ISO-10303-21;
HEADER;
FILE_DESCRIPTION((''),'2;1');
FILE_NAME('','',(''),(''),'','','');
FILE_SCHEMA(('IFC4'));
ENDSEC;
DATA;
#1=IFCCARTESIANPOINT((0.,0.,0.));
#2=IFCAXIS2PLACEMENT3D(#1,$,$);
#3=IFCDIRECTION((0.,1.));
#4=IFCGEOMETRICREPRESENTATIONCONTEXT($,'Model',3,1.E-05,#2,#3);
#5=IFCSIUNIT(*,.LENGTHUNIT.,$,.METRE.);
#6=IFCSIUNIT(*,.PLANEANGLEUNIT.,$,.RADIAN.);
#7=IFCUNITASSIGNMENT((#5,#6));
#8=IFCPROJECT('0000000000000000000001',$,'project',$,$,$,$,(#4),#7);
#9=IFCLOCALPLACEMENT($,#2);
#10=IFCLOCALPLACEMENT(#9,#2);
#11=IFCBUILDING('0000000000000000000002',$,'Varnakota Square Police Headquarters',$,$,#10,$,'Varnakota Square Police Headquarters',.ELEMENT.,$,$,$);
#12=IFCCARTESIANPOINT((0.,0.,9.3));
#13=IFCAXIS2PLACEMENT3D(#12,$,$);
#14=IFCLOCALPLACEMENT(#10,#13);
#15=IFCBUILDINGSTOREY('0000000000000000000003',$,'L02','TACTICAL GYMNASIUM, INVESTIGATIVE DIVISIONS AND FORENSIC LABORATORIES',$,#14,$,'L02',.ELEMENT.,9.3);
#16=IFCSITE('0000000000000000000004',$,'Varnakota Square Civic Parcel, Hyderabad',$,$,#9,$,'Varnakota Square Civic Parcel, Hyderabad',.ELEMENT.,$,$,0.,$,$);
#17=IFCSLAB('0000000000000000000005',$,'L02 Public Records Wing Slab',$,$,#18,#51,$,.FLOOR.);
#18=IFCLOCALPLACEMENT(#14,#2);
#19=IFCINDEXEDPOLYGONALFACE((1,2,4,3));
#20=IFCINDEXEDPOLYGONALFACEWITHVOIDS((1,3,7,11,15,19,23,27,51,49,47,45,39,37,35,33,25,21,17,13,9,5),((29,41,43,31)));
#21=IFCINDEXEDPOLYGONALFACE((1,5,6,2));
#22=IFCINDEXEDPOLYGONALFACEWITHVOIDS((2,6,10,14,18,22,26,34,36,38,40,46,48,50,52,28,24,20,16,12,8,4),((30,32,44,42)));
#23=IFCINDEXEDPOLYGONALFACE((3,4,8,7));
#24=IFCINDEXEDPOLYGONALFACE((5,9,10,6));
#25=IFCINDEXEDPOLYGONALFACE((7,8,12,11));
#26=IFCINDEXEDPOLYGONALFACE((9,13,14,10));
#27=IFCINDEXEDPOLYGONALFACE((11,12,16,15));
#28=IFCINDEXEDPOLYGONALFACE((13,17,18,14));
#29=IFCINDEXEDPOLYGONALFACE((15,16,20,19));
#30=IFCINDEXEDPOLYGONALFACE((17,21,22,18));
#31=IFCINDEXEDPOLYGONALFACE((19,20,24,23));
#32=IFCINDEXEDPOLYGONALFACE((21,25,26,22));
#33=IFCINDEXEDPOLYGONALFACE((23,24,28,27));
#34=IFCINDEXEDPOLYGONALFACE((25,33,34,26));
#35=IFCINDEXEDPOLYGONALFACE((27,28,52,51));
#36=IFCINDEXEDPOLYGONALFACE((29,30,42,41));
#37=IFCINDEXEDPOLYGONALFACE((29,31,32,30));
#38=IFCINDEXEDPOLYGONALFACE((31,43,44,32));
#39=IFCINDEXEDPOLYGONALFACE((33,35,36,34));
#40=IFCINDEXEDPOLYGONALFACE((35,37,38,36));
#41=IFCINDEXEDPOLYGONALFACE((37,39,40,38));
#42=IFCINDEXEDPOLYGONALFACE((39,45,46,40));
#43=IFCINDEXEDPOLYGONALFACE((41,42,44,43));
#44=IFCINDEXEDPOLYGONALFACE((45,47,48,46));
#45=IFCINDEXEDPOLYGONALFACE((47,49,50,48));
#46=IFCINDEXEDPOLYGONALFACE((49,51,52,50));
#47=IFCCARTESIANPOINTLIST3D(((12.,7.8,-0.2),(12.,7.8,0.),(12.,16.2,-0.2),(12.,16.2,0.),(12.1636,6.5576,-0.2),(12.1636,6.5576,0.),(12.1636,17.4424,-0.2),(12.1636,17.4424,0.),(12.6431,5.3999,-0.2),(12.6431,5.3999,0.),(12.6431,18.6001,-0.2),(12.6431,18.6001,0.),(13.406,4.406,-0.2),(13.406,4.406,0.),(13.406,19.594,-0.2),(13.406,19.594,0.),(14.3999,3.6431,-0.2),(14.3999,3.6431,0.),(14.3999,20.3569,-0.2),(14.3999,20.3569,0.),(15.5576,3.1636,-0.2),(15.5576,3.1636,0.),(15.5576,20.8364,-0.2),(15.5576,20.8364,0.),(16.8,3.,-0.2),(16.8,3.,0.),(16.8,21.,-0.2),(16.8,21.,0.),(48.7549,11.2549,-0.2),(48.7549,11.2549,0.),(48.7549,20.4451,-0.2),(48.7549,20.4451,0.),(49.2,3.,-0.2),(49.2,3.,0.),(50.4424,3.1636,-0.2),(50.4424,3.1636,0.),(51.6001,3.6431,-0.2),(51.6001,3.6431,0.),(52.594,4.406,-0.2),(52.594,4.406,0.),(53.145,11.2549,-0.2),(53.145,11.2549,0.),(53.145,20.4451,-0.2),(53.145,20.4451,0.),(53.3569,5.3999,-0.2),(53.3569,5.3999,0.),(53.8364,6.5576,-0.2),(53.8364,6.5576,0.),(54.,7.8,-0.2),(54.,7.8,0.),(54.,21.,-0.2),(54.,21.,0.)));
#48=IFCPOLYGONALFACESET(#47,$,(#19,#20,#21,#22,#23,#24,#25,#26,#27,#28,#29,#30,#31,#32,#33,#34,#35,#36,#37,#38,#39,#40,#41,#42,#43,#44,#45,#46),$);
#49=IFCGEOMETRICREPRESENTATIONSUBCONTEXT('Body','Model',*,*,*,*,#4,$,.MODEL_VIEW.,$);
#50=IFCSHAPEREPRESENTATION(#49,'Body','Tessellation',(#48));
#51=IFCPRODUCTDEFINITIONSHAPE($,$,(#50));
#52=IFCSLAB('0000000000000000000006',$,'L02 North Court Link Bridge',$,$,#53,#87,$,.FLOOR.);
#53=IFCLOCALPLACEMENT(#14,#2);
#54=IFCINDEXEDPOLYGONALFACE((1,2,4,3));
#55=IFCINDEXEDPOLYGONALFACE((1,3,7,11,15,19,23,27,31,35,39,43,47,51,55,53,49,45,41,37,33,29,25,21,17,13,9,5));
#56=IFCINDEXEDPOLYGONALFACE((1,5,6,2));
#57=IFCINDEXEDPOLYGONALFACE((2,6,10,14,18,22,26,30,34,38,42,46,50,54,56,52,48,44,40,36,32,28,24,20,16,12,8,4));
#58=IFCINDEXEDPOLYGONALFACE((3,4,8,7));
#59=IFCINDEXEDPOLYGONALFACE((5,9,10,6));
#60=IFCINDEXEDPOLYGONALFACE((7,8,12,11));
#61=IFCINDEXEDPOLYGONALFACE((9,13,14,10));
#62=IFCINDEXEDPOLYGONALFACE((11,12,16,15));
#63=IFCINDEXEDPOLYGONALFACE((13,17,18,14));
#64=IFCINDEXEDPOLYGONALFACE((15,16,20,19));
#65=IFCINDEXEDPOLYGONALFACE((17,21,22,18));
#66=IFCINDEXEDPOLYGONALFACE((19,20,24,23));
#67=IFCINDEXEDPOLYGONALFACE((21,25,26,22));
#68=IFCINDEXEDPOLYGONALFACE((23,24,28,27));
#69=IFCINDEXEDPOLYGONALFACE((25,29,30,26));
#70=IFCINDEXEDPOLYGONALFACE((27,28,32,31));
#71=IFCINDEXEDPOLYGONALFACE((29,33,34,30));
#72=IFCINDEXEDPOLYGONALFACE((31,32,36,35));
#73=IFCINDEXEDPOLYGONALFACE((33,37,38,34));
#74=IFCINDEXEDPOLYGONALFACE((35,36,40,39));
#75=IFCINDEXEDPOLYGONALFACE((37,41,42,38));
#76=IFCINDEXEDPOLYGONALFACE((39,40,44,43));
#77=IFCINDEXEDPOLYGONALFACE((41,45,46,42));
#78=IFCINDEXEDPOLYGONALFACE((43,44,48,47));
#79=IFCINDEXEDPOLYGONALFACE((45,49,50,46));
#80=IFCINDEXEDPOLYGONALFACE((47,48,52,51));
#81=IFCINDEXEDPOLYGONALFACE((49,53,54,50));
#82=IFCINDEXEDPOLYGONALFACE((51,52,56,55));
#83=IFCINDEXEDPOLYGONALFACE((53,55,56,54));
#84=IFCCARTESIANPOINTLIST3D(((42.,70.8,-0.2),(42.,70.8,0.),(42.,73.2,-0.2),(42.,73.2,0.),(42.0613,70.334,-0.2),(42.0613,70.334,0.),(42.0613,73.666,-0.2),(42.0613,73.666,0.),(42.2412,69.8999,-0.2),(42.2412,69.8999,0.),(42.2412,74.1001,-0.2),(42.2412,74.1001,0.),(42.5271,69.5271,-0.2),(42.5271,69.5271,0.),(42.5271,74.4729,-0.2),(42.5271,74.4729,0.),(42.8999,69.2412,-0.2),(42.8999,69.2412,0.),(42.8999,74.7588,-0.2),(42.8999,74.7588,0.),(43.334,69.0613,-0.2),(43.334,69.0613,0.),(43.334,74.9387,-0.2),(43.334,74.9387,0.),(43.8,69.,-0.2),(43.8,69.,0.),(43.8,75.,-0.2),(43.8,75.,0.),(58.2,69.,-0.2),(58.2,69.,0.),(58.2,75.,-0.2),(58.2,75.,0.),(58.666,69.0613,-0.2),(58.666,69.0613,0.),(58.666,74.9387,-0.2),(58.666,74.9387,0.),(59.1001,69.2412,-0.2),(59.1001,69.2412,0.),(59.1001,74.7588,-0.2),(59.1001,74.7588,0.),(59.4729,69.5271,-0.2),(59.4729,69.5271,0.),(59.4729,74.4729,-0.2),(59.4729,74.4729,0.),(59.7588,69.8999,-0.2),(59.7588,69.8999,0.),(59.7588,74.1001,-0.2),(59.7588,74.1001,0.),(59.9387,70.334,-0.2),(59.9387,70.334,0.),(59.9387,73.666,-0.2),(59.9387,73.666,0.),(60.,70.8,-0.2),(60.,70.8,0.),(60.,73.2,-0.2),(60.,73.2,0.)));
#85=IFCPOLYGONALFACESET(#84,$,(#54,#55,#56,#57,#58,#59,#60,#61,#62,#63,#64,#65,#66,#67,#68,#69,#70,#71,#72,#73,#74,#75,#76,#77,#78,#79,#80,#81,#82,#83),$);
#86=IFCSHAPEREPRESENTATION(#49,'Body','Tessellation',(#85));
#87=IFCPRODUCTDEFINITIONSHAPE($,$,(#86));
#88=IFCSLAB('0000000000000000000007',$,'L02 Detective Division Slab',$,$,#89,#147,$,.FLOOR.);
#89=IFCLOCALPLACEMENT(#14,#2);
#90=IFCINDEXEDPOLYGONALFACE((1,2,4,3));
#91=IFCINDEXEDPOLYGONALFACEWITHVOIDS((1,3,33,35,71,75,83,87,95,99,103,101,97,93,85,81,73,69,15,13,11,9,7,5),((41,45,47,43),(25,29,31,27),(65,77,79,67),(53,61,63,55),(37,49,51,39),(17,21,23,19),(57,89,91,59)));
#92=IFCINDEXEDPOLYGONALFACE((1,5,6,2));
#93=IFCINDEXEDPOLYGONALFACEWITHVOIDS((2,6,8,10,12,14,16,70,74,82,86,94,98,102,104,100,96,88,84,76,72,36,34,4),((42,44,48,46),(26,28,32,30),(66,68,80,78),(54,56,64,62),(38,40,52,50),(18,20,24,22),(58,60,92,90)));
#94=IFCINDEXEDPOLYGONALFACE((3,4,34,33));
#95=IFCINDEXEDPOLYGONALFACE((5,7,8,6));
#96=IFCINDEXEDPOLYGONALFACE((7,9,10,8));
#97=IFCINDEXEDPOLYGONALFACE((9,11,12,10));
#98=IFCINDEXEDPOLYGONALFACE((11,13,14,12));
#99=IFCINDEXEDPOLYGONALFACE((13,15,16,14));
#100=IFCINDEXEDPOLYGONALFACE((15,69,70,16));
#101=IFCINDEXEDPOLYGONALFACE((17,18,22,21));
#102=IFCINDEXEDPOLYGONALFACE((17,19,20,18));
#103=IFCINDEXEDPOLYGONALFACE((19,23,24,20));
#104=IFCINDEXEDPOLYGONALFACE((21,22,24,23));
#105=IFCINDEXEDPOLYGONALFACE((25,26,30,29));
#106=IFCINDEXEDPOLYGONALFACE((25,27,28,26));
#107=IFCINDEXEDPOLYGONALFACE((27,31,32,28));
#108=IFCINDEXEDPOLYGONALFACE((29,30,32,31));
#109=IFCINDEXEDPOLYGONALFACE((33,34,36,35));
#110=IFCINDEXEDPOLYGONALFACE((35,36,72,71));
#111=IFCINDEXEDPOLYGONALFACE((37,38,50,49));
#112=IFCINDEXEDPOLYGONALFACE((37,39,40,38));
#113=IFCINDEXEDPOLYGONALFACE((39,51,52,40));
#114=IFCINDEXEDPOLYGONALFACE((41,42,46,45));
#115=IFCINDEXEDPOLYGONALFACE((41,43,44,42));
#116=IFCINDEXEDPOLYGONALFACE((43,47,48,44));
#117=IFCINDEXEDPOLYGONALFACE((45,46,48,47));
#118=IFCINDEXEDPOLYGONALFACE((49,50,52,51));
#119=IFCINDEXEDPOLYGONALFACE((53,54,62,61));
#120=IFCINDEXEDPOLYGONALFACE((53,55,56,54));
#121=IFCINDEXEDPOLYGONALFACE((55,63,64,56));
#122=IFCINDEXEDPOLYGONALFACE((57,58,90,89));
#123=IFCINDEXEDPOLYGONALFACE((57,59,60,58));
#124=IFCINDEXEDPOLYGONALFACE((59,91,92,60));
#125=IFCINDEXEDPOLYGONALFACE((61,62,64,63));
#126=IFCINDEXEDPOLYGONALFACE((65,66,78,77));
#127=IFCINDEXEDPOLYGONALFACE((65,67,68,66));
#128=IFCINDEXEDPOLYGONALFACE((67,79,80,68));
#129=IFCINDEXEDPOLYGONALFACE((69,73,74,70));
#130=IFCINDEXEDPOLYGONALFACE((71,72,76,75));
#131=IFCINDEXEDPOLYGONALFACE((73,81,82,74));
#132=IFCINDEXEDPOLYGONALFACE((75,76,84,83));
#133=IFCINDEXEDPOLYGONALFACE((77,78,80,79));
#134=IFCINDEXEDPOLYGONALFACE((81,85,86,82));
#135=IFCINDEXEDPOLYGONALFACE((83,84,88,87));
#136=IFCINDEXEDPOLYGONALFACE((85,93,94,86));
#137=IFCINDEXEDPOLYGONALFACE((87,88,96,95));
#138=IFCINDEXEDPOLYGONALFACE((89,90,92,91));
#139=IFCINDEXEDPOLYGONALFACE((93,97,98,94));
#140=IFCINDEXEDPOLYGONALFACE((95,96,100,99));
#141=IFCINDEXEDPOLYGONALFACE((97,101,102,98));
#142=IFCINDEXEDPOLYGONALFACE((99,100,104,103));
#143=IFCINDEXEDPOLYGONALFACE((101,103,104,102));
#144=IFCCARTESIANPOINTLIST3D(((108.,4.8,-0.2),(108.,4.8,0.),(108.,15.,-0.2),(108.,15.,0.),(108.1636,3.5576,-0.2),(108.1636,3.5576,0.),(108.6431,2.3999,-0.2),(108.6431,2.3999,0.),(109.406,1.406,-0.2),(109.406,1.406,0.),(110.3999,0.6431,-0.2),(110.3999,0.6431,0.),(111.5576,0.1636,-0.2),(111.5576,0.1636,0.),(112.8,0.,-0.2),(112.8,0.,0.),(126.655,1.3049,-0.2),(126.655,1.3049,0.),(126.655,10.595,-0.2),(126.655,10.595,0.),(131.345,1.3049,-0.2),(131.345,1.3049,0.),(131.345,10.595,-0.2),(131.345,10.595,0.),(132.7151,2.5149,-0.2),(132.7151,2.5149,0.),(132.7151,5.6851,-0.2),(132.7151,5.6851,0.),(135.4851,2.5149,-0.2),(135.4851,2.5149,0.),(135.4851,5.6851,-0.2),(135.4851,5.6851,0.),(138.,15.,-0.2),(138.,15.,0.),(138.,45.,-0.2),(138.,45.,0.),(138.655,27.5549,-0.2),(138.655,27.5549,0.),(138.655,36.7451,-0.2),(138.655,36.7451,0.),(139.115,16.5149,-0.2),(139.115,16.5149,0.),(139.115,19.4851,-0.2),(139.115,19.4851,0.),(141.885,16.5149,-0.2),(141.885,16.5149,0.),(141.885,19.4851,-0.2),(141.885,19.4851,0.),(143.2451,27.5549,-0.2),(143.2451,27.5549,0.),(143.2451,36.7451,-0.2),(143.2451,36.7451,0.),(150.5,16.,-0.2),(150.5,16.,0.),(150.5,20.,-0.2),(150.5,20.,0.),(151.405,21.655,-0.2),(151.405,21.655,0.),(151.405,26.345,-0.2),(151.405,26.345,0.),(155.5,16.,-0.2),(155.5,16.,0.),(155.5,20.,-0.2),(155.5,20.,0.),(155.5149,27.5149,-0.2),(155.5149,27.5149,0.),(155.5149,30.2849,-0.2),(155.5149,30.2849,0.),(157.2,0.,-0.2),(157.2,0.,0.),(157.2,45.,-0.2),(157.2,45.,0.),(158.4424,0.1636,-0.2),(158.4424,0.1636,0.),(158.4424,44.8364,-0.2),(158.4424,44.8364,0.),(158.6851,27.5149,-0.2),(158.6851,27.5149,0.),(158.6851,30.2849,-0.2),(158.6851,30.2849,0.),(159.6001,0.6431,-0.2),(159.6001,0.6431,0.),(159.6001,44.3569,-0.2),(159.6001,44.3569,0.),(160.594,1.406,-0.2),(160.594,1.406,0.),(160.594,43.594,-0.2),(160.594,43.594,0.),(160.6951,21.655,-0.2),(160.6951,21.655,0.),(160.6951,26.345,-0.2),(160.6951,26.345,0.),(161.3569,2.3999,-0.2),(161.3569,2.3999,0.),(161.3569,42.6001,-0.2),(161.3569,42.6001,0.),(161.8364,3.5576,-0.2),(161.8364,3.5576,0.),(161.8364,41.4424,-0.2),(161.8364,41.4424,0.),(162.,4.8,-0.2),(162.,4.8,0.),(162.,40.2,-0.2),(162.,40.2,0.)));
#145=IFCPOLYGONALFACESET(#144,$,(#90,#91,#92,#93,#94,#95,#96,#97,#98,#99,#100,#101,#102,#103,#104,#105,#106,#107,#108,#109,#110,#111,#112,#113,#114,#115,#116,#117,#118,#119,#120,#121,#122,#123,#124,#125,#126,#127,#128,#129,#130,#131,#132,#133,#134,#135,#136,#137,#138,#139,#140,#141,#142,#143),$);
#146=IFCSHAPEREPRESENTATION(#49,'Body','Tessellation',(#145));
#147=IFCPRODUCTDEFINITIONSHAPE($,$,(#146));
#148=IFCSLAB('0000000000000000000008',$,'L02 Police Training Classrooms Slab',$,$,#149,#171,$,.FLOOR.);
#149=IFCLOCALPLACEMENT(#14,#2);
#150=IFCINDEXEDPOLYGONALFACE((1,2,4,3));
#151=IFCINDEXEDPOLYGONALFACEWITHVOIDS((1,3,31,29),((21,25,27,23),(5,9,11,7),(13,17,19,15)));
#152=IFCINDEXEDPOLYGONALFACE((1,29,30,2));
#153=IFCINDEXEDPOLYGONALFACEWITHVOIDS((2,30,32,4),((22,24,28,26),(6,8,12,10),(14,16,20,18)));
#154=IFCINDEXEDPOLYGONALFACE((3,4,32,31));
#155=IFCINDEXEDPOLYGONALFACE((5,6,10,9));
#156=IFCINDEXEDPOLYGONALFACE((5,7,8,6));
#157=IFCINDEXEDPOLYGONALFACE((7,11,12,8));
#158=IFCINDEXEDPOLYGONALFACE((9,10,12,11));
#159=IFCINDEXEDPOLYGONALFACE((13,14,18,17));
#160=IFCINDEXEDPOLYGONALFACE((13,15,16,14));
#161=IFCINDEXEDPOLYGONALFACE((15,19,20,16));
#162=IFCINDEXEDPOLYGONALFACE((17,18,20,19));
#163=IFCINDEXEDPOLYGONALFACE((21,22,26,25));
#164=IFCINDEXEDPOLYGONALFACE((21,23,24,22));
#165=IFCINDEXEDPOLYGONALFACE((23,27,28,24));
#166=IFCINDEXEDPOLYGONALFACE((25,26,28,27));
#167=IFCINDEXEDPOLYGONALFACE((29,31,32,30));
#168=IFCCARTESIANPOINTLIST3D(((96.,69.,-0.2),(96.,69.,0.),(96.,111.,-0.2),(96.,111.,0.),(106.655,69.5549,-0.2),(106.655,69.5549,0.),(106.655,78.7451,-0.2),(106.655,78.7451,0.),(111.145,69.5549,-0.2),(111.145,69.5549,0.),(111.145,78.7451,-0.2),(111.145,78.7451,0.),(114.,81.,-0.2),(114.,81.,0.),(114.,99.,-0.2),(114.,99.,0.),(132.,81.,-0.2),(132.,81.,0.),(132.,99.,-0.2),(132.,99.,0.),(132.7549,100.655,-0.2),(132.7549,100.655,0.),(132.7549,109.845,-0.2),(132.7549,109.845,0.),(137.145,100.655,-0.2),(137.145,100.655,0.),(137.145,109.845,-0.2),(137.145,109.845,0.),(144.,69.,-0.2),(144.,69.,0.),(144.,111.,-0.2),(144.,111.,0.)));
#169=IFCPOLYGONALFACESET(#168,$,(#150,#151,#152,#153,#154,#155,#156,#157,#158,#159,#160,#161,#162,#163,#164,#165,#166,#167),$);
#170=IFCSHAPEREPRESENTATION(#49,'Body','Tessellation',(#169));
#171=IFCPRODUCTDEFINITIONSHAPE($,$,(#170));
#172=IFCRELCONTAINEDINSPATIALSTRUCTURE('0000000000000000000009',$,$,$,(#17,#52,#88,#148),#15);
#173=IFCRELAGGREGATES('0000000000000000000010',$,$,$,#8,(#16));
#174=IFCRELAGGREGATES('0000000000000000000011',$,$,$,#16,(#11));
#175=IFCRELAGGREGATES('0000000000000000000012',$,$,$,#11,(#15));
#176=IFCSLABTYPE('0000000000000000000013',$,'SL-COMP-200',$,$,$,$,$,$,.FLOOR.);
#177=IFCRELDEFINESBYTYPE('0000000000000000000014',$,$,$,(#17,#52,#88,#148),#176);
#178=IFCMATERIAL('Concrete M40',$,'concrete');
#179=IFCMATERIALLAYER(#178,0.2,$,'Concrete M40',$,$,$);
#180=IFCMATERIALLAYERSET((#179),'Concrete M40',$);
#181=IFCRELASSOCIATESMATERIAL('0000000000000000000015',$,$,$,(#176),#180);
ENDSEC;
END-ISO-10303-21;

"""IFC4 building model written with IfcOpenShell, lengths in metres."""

from ifc_helpers import new_model, si_unit, direction, frame, origin, place, context, subcontext, project, spatial, polyline, outline, extrude, material, layer, layer_set, type_object, element, save


model = new_model("IFC4")

# Units and contexts
model_context = context("Model", 3, precision=1e-05, world=origin(), true_north=direction((0.0, 1.0)))
body_context = subcontext(model_context, "Body", "Model", "MODEL_VIEW")
ifc_project = project(units=[si_unit("LENGTHUNIT", "METRE"), si_unit("PLANEANGLEUNIT", "RADIAN")], contexts=[model_context])

# Site, building, storey
site_placement = place(None, origin())
site = spatial("IfcSite", under=ifc_project, at=site_placement, Name="Varnakota Square Civic Parcel, Hyderabad", LongName="Varnakota Square Civic Parcel, Hyderabad", CompositionType="ELEMENT", RefElevation=0.0)
building_placement = place(site_placement, origin())
building = spatial("IfcBuilding", under=site, at=building_placement, Name="Varnakota Square Police Headquarters", LongName="Varnakota Square Police Headquarters", CompositionType="ELEMENT")
storey_placement = place(building_placement, frame((0.0, 0.0, 9.3)))
storey = spatial("IfcBuildingStorey", under=building, at=storey_placement, Name="L02", Description="TACTICAL GYMNASIUM, INVESTIGATIVE DIVISIONS AND FORENSIC LABORATORIES", LongName="L02", CompositionType="ELEMENT", Elevation=9.3)

# Slabs
ifc_material_1 = material(Name="Concrete M40", Category="concrete")
ifc_layer_1 = layer(ifc_material_1, 0.2, Name="Concrete M40")
ifc_layer_set_1 = layer_set([ifc_layer_1], Name="Concrete M40")
slab_type_1 = type_object("IfcSlabType", Name="SL-COMP-200", PredefinedType="FLOOR", material=ifc_layer_set_1)
slab_1_placement = place(storey_placement, frame((0.0, 0.0, -0.2)))
element("IfcSlab", 1, at=slab_1_placement, inside=storey, type_object=slab_type_1, Name="L02 Public Records Wing Slab", PredefinedType="FLOOR", context=body_context, shape_type="SweptSolid", body=[
    extrude(outline(polyline([(12.0, 7.8), (12.1636, 6.5576), (12.6431, 5.3999), (13.406, 4.406), (14.3999, 3.6431), (15.5576, 3.1636), (16.8, 3.0), (49.2, 3.0), (50.4424, 3.1636), (51.6001, 3.6431), (52.594, 4.406), (53.3569, 5.3999), (53.8364, 6.5576), (54.0, 7.8), (54.0, 21.0), (16.8, 21.0), (15.5576, 20.8364), (14.3999, 20.3569), (13.406, 19.594), (12.6431, 18.6001), (12.1636, 17.4424), (12.0, 16.2), (12.0, 7.8)]), holes=[polyline([(48.7549, 11.2549), (53.145, 11.2549), (53.145, 20.4451), (48.7549, 20.4451), (48.7549, 11.2549)])]), origin(), (0.0, 0.0, 1.0), 0.2),
])
slab_2_placement = place(storey_placement, frame((0.0, 0.0, -0.2)))
element("IfcSlab", 2, at=slab_2_placement, inside=storey, type_object=slab_type_1, Name="L02 North Court Link Bridge", PredefinedType="FLOOR", context=body_context, shape_type="SweptSolid", body=[
    extrude(outline(polyline([(42.0, 70.8), (42.0613, 70.334), (42.2412, 69.8999), (42.5271, 69.5271), (42.8999, 69.2412), (43.334, 69.0613), (43.8, 69.0), (58.2, 69.0), (58.666, 69.0613), (59.1001, 69.2412), (59.4729, 69.5271), (59.7588, 69.8999), (59.9387, 70.334), (60.0, 70.8), (60.0, 73.2), (59.9387, 73.666), (59.7588, 74.1001), (59.4729, 74.4729), (59.1001, 74.7588), (58.666, 74.9387), (58.2, 75.0), (43.8, 75.0), (43.334, 74.9387), (42.8999, 74.7588), (42.5271, 74.4729), (42.2412, 74.1001), (42.0613, 73.666), (42.0, 73.2), (42.0, 70.8)])), origin(), (0.0, 0.0, 1.0), 0.2),
])
slab_3_placement = place(storey_placement, frame((0.0, 0.0, -0.2)))
element("IfcSlab", 3, at=slab_3_placement, inside=storey, type_object=slab_type_1, Name="L02 Detective Division Slab", PredefinedType="FLOOR", context=body_context, shape_type="SweptSolid", body=[
    extrude(outline(polyline([(108.0, 4.8), (108.1636, 3.5576), (108.6431, 2.3999), (109.406, 1.406), (110.3999, 0.6431), (111.5576, 0.1636), (112.8, 0.0), (157.2, 0.0), (158.4424, 0.1636), (159.6001, 0.6431), (160.594, 1.406), (161.3569, 2.3999), (161.8364, 3.5576), (162.0, 4.8), (162.0, 40.2), (161.8364, 41.4424), (161.3569, 42.6001), (160.594, 43.594), (159.6001, 44.3569), (158.4424, 44.8364), (157.2, 45.0), (138.0, 45.0), (138.0, 15.0), (108.0, 15.0), (108.0, 4.8)]), holes=[polyline([(150.5, 16.0), (155.5, 16.0), (155.5, 20.0), (150.5, 20.0), (150.5, 16.0)]), polyline([(126.655, 1.3049), (131.345, 1.3049), (131.345, 10.595), (126.655, 10.595), (126.655, 1.3049)]), polyline([(132.7151, 2.5149), (135.4851, 2.5149), (135.4851, 5.6851), (132.7151, 5.6851), (132.7151, 2.5149)]), polyline([(151.405, 21.655), (160.6951, 21.655), (160.6951, 26.345), (151.405, 26.345), (151.405, 21.655)]), polyline([(155.5149, 27.5149), (158.6851, 27.5149), (158.6851, 30.2849), (155.5149, 30.2849), (155.5149, 27.5149)]), polyline([(138.655, 27.5549), (143.2451, 27.5549), (143.2451, 36.7451), (138.655, 36.7451), (138.655, 27.5549)]), polyline([(139.115, 16.5149), (141.885, 16.5149), (141.885, 19.4851), (139.115, 19.4851), (139.115, 16.5149)])]), origin(), (0.0, 0.0, 1.0), 0.2),
])
slab_4_placement = place(storey_placement, frame((0.0, 0.0, -0.2)))
element("IfcSlab", 4, at=slab_4_placement, inside=storey, type_object=slab_type_1, Name="L02 Police Training Classrooms Slab", PredefinedType="FLOOR", context=body_context, shape_type="SweptSolid", body=[
    extrude(outline(polyline([(96.0, 69.0), (144.0, 69.0), (144.0, 111.0), (96.0, 111.0), (96.0, 69.0)]), holes=[polyline([(114.0, 81.0), (132.0, 81.0), (132.0, 99.0), (114.0, 99.0), (114.0, 81.0)]), polyline([(132.7549, 100.655), (137.145, 100.655), (137.145, 109.845), (132.7549, 109.845), (132.7549, 100.655)]), polyline([(106.655, 69.5549), (111.145, 69.5549), (111.145, 78.7451), (106.655, 78.7451), (106.655, 69.5549)])]), origin(), (0.0, 0.0, 1.0), 0.2),
])

save(model, "model.ifc")
